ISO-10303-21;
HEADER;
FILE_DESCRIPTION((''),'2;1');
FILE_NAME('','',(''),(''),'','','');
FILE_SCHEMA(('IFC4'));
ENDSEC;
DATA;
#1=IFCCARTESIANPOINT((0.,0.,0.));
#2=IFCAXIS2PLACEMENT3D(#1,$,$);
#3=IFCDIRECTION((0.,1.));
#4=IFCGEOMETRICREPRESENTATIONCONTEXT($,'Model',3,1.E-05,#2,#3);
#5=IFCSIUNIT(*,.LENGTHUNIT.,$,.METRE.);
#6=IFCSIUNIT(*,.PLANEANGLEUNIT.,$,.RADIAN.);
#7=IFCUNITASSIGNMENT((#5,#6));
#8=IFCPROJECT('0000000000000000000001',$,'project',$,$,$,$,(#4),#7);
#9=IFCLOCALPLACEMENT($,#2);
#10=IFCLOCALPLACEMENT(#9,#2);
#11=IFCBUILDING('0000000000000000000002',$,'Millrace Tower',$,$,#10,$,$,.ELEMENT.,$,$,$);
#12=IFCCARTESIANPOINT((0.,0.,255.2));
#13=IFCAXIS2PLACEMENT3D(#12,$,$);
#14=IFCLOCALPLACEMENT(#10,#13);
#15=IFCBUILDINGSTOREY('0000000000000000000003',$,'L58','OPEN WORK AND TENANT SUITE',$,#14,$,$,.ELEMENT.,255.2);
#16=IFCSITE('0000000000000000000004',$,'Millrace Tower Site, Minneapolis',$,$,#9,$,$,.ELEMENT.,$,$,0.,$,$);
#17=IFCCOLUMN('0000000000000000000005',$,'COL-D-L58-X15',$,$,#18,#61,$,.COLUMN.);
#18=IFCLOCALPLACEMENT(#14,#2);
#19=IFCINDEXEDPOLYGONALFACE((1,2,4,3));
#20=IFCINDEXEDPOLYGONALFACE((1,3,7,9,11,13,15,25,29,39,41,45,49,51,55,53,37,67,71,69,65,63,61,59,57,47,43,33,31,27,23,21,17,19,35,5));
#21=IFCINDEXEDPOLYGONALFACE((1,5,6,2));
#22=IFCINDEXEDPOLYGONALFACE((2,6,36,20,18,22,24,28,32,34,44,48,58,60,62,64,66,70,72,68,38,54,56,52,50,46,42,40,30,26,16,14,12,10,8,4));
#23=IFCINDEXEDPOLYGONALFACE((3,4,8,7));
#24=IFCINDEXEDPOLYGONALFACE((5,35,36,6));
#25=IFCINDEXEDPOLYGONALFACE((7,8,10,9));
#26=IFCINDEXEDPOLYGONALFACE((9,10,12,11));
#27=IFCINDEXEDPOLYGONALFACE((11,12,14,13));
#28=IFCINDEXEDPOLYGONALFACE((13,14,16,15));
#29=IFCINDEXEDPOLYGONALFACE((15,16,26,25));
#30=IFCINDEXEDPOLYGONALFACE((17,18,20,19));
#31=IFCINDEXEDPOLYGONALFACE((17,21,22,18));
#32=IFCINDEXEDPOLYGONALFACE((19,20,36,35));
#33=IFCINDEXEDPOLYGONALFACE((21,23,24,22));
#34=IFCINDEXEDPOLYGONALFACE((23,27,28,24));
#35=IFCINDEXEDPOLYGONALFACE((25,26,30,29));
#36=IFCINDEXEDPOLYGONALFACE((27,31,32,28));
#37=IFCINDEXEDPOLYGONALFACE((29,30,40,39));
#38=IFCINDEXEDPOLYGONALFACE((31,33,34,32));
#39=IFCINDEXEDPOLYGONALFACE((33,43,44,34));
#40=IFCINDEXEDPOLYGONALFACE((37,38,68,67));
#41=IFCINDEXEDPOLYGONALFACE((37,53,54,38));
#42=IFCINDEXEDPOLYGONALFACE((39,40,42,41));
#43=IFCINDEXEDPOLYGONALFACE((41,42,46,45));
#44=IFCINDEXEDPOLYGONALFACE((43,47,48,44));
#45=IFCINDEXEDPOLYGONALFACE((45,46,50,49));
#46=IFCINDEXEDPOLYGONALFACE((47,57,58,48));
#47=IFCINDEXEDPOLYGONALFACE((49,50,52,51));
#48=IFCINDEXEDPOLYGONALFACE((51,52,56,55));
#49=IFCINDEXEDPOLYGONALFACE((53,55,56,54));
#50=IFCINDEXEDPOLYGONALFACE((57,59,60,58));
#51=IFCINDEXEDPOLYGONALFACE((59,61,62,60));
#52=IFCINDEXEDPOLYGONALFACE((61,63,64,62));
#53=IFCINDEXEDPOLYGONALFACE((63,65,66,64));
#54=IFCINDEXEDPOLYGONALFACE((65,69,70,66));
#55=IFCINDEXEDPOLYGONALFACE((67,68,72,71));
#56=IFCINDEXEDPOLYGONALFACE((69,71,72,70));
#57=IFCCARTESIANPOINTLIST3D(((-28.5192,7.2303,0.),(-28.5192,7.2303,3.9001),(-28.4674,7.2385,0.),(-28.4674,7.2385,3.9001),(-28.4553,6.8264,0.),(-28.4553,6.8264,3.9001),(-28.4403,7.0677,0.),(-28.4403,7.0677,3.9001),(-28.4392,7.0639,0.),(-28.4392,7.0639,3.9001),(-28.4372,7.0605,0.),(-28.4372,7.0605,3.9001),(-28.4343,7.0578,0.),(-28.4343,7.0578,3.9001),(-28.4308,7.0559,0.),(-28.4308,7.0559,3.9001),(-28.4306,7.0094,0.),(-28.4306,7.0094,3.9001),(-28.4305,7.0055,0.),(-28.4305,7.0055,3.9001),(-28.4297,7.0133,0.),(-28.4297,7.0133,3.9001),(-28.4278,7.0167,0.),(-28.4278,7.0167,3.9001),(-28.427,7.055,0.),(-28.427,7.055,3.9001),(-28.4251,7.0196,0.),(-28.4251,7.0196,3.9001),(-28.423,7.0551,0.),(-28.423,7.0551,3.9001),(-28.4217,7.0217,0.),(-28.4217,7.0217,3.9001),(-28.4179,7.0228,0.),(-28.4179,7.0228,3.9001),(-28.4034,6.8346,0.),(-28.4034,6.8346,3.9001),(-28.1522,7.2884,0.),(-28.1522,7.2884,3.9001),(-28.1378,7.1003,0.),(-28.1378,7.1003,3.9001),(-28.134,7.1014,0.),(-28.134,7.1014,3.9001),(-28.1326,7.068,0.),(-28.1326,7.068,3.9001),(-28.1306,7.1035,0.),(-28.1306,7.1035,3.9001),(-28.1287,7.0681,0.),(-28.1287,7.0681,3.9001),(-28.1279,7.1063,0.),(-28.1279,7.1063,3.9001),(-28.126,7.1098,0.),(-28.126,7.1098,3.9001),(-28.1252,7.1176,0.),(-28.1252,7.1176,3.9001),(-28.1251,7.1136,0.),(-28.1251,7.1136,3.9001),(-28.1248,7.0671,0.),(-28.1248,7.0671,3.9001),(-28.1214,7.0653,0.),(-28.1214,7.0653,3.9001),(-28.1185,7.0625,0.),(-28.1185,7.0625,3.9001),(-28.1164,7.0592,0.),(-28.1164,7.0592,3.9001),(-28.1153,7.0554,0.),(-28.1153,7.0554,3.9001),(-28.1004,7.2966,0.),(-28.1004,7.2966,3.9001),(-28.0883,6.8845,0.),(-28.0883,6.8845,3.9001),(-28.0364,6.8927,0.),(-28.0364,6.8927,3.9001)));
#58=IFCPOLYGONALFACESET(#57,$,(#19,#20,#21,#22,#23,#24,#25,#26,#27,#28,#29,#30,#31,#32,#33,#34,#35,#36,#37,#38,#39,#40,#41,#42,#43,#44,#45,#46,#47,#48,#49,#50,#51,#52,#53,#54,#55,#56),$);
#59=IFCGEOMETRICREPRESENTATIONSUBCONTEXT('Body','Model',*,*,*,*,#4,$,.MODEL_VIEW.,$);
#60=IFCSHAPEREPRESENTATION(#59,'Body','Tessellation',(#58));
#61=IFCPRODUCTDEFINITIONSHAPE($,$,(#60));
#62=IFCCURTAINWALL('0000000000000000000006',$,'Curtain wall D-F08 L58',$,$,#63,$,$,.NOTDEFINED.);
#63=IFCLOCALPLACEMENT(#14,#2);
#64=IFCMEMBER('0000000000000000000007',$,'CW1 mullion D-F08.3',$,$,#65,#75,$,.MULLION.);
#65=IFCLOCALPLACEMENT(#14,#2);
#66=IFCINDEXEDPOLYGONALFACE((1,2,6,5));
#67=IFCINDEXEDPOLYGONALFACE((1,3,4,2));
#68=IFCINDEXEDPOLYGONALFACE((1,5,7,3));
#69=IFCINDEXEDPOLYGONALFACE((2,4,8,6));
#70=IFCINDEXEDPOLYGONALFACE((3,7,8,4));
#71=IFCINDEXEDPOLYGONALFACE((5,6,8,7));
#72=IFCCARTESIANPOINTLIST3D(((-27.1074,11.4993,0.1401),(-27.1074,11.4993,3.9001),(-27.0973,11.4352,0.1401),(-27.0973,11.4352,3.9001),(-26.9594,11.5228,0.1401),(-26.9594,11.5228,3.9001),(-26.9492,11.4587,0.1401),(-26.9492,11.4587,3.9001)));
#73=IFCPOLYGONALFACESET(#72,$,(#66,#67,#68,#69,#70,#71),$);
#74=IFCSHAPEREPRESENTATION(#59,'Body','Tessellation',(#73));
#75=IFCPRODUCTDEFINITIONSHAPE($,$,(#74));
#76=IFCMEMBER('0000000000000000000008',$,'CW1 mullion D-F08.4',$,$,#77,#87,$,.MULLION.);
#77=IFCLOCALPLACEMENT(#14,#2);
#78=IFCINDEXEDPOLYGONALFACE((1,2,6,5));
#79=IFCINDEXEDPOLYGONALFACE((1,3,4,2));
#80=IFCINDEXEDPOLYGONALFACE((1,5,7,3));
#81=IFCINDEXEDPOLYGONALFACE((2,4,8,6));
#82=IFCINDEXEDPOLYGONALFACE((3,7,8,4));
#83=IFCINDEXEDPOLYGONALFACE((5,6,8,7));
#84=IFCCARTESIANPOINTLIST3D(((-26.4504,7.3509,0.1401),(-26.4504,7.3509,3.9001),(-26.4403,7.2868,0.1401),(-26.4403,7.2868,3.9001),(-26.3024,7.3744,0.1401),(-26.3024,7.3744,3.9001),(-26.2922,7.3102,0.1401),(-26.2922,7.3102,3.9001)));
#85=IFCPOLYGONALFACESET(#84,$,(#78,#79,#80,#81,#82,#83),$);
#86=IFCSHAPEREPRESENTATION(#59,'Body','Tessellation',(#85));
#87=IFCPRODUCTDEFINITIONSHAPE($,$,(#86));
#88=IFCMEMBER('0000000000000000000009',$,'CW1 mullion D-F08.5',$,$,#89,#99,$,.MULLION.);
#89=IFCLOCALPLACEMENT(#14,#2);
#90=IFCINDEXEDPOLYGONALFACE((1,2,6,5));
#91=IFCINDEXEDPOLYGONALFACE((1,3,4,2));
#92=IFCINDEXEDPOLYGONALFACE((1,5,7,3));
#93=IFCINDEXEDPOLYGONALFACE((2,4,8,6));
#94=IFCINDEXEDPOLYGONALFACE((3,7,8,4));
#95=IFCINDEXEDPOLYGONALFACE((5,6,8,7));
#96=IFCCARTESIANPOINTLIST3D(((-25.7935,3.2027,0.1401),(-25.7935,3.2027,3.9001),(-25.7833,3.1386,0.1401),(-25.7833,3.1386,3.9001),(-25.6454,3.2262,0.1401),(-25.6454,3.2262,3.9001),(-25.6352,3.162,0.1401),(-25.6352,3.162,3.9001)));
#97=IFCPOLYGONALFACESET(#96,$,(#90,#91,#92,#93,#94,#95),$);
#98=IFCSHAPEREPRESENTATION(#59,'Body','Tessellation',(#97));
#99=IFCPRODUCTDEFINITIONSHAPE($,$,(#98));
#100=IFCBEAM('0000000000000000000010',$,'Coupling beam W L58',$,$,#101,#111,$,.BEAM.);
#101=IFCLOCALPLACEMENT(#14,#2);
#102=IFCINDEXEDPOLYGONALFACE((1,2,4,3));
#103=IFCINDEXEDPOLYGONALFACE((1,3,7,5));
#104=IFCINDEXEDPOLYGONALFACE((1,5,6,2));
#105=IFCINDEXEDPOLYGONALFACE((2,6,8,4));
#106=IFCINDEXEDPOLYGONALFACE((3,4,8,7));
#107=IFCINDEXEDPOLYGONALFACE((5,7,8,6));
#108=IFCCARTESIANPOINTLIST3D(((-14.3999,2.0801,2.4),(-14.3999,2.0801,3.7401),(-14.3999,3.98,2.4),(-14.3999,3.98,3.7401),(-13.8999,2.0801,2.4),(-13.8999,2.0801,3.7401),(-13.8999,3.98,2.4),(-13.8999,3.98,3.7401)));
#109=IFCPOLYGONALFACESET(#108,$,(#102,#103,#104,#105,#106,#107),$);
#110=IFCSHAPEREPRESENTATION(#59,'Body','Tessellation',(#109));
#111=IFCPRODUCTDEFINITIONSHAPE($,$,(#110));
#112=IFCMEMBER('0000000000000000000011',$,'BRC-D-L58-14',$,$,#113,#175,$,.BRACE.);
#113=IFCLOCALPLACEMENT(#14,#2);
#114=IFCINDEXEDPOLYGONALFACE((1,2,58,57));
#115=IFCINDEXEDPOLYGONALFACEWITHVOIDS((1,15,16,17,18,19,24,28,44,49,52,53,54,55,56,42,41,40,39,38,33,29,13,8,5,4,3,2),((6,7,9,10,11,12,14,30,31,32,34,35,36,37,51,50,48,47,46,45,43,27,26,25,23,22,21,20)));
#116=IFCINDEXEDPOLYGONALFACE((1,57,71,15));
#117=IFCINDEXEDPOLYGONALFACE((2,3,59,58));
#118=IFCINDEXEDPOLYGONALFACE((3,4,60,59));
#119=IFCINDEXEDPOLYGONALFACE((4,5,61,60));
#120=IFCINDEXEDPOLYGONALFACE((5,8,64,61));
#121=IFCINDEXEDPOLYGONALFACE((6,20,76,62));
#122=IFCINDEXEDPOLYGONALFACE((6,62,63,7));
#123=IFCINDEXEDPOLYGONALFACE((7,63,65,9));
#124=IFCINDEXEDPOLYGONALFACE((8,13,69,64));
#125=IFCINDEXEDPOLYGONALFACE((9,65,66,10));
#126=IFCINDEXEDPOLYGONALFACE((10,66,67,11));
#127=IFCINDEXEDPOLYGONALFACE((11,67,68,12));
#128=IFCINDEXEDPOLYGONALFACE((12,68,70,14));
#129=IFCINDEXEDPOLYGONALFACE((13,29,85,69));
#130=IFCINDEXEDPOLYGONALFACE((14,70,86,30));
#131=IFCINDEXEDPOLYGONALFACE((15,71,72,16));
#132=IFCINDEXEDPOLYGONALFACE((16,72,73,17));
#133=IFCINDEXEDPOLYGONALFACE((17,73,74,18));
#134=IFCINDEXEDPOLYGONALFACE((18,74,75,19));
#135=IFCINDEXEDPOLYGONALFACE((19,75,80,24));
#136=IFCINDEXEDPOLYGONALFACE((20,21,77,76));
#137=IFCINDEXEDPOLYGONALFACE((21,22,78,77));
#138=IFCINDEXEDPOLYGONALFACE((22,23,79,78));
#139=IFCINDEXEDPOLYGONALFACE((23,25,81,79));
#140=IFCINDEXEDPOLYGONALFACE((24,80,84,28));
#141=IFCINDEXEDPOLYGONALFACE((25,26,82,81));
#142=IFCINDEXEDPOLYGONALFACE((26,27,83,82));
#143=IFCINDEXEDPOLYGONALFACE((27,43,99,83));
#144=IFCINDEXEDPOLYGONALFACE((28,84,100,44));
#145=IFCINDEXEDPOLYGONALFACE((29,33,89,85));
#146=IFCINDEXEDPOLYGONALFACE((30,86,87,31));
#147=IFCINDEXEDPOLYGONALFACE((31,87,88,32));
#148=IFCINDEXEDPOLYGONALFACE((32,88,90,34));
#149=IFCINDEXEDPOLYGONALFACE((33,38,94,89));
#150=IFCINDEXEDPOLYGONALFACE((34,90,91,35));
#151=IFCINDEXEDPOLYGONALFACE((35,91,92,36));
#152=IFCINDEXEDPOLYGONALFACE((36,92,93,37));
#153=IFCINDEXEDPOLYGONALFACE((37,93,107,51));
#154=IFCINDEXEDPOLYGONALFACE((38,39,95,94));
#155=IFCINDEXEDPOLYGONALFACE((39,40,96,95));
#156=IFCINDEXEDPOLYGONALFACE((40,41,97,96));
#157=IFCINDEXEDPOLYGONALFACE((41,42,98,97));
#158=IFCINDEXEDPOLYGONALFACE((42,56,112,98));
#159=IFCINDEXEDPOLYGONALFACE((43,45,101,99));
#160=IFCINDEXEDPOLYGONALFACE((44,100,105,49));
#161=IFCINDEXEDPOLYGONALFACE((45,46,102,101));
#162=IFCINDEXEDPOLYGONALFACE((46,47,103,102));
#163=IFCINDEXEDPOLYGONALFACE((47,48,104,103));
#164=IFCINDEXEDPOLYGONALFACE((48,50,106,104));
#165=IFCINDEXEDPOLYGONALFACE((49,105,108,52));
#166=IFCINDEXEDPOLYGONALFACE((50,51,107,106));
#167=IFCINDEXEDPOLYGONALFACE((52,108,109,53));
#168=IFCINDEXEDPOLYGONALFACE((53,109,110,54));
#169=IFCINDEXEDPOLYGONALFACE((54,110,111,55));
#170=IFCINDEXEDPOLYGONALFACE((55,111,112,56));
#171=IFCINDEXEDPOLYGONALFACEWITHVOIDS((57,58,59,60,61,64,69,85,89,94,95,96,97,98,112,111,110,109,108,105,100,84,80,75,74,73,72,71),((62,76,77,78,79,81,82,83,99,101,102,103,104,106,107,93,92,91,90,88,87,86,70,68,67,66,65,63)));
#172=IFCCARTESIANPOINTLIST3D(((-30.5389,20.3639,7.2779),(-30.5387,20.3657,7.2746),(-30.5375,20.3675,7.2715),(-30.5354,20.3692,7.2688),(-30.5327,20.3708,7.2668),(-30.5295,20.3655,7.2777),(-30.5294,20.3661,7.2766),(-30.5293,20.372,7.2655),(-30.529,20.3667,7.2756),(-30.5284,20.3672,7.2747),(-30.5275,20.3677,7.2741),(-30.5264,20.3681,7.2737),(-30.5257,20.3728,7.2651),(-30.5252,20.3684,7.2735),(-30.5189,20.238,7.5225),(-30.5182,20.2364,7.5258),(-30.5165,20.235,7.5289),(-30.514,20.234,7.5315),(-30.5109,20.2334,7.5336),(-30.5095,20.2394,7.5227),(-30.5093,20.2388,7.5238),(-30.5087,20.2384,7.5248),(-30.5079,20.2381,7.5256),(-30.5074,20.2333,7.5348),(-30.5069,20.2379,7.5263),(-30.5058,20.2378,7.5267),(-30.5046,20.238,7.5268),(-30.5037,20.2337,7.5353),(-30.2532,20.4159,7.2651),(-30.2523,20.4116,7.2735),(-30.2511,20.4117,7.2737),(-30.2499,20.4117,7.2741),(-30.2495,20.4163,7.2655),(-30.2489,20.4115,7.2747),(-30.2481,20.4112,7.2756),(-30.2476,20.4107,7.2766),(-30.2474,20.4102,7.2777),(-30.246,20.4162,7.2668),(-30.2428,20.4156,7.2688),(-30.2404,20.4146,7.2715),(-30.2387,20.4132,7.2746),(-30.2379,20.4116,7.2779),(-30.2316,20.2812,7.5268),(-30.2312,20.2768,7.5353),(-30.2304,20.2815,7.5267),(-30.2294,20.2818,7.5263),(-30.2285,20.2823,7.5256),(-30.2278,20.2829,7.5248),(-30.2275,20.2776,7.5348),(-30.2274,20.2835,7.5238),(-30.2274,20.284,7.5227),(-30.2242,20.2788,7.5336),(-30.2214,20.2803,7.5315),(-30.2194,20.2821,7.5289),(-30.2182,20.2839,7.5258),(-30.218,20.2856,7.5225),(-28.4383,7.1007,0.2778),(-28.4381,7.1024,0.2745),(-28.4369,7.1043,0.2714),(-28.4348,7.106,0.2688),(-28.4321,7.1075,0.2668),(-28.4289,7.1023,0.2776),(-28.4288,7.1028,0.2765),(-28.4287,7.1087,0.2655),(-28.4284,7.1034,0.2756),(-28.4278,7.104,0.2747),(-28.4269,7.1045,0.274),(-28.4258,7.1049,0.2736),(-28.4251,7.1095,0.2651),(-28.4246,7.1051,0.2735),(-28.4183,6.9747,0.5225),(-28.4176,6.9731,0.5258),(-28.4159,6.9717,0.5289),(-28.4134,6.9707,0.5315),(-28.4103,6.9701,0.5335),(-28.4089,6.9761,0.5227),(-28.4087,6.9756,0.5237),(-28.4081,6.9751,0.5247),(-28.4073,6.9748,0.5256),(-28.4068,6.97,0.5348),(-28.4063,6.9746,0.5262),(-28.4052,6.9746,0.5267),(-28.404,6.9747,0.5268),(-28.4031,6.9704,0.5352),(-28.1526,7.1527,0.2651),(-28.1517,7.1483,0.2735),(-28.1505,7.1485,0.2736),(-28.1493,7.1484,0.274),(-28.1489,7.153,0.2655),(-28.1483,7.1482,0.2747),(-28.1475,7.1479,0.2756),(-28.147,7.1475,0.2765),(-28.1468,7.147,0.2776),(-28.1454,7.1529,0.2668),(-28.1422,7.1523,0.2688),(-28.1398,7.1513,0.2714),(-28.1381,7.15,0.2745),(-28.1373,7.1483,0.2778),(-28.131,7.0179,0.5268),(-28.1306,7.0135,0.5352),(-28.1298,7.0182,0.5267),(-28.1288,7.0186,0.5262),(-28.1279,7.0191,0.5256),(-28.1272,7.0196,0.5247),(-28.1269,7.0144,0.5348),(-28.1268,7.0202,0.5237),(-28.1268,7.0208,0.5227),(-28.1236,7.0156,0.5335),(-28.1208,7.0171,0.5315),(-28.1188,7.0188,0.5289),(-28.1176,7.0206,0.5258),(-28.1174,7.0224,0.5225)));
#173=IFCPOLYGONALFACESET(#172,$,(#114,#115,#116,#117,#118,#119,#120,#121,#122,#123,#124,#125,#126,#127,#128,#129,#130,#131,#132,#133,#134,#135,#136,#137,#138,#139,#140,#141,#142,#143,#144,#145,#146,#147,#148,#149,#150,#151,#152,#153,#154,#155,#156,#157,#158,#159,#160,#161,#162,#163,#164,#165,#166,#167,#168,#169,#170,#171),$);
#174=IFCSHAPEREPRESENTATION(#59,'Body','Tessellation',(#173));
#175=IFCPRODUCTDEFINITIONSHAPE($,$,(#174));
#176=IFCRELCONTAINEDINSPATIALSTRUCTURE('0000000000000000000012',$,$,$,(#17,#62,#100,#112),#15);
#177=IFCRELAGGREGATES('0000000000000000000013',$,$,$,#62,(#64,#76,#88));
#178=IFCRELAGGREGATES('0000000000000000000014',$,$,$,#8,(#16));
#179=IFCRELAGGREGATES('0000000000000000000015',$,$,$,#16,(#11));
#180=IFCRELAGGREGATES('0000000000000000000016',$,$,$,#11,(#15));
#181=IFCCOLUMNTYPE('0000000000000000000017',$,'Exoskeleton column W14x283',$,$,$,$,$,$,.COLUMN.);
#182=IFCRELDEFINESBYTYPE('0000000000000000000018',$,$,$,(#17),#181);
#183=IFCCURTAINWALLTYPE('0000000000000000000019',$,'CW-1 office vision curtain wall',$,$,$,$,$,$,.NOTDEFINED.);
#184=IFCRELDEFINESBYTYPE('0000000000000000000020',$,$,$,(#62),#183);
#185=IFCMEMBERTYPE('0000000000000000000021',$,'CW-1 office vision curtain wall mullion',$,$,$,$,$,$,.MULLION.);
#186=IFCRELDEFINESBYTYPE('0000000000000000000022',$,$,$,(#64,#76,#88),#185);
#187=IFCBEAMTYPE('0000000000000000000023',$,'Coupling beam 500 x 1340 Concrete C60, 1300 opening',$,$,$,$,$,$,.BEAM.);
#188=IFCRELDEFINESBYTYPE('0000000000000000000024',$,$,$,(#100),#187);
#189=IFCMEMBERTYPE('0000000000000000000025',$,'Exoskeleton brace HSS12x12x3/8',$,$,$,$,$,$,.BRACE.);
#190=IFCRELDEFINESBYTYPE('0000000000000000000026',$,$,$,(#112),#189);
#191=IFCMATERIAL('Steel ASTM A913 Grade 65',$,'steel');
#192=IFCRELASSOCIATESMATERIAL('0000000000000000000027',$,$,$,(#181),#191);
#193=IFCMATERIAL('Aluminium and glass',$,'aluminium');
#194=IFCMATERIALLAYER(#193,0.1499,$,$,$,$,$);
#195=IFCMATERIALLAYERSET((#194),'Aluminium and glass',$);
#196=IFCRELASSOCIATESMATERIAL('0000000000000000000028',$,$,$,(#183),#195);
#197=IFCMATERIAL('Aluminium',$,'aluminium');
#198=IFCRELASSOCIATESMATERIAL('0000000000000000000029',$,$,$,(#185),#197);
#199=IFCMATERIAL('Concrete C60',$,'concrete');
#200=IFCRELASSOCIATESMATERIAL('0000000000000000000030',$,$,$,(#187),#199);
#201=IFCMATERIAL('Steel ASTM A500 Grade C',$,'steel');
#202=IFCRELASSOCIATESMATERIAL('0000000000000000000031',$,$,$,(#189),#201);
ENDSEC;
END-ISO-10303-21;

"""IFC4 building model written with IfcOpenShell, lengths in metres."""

from ifc_helpers import new_model, si_unit, direction, frame, origin, origin_2d, place, context, subcontext, project, spatial, rectangle, hollow_rectangle, i_section, extrude, material, layer, layer_set, material_profile, profile_set, type_object, element, aggregate, save


model = new_model("IFC4")

# Units and contexts
model_context = context("Model", 3, precision=1e-05, world=origin(), true_north=direction((0.0, 1.0)))
body_context = subcontext(model_context, "Body", "Model", "MODEL_VIEW")
ifc_project = project(units=[si_unit("LENGTHUNIT", "METRE"), si_unit("PLANEANGLEUNIT", "RADIAN")], contexts=[model_context])

# Site, building, storey
site_placement = place(None, origin())
site = spatial("IfcSite", under=ifc_project, at=site_placement, Name="Millrace Tower Site, Minneapolis", CompositionType="ELEMENT", RefElevation=0.0)
building_placement = place(site_placement, origin())
building = spatial("IfcBuilding", under=site, at=building_placement, Name="Millrace Tower", CompositionType="ELEMENT")
storey_placement = place(building_placement, frame((0.0, 0.0, 255.2)))
storey = spatial("IfcBuildingStorey", under=building, at=storey_placement, Name="L58", Description="OPEN WORK AND TENANT SUITE", CompositionType="ELEMENT", Elevation=255.2)

# Column
ifc_material_1 = material(Name="Steel ASTM A913 Grade 65", Category="steel")
ifc_material_profile_1 = material_profile(ifc_material_1, i_section(OverallWidth=0.4089, OverallDepth=0.4241, WebThickness=0.0327, FlangeThickness=0.0525, FilletRadius=0.0151, at=origin_2d()))
ifc_profile_set_1 = profile_set([ifc_material_profile_1], Name="Steel ASTM A913 Grade 65")
column_type = type_object("IfcColumnType", Name="Exoskeleton column W14x283", PredefinedType="COLUMN", material=ifc_profile_set_1)
column_placement = place(storey_placement, frame((-28.2778, 7.0615, 0.0), z_axis=(0.0, 0.0, 1.0), x_axis=(0.156434, -0.987688, 0.0)))
element("IfcColumn", 1, at=column_placement, inside=storey, type_object=column_type, Name="COL-D-L58-X15", PredefinedType="COLUMN", context=body_context, shape_type="SweptSolid", body=[
    extrude(i_section(OverallWidth=0.4089, OverallDepth=0.4241, WebThickness=0.0327, FlangeThickness=0.0525, FilletRadius=0.0151, at=origin_2d()), origin(), (0.0, 0.0, 1.0), 3.9001),
])

# Curtain wall, members
ifc_material_2 = material(Name="Aluminium and glass", Category="aluminium")
ifc_layer_1 = layer(ifc_material_2, 0.1499)
ifc_layer_set_1 = layer_set([ifc_layer_1], Name="Aluminium and glass")
curtain_wall_type = type_object("IfcCurtainWallType", Name="CW-1 office vision curtain wall", PredefinedType="NOTDEFINED", material=ifc_layer_set_1)
placement = place(storey_placement, origin())
curtain_wall = element("IfcCurtainWall", 2, at=placement, inside=storey, type_object=curtain_wall_type, Name="Curtain wall D-F08 L58", PredefinedType="NOTDEFINED")
ifc_material_3 = material(Name="Aluminium", Category="aluminium")
ifc_material_profile_2 = material_profile(ifc_material_3, rectangle(XDim=0.0649, YDim=0.1499, at=origin_2d()))
ifc_profile_set_2 = profile_set([ifc_material_profile_2], Name="Aluminium")
member_type_1 = type_object("IfcMemberType", Name="CW-1 office vision curtain wall mullion", PredefinedType="MULLION", material=ifc_profile_set_2)
member_1_placement = place(storey_placement, frame((-27.0283, 11.479, 0.1401), z_axis=(0.0, 0.0, 1.0), x_axis=(0.156434, -0.987688, 0.0)))
member_1 = element("IfcMember", 3, at=member_1_placement, type_object=member_type_1, Name="CW1 mullion D-F08.3", PredefinedType="MULLION", context=body_context, shape_type="SweptSolid", body=[
    extrude(rectangle(XDim=0.0649, YDim=0.1499, at=origin_2d()), origin(), (0.0, 0.0, 1.0), 3.76),
])
member_2_placement = place(storey_placement, frame((-26.3713, 7.3306, 0.1401), z_axis=(0.0, 0.0, 1.0), x_axis=(0.156434, -0.987688, 0.0)))
member_2 = element("IfcMember", 4, at=member_2_placement, type_object=member_type_1, Name="CW1 mullion D-F08.4", PredefinedType="MULLION", context=body_context, shape_type="SweptSolid", body=[
    extrude(rectangle(XDim=0.0649, YDim=0.1499, at=origin_2d()), origin(), (0.0, 0.0, 1.0), 3.76),
])
member_3_placement = place(storey_placement, frame((-25.7144, 3.1824, 0.1401), z_axis=(0.0, 0.0, 1.0), x_axis=(0.156434, -0.987688, 0.0)))
member_3 = element("IfcMember", 5, at=member_3_placement, type_object=member_type_1, Name="CW1 mullion D-F08.5", PredefinedType="MULLION", context=body_context, shape_type="SweptSolid", body=[
    extrude(rectangle(XDim=0.0649, YDim=0.1499, at=origin_2d()), origin(), (0.0, 0.0, 1.0), 3.76),
])
aggregate(curtain_wall, [member_1, member_2, member_3])

# Beam
ifc_material_4 = material(Name="Concrete C60", Category="concrete")
ifc_material_profile_3 = material_profile(ifc_material_4, rectangle(XDim=0.5, YDim=1.3401, at=origin_2d()))
ifc_profile_set_3 = profile_set([ifc_material_profile_3], Name="Concrete C60")
beam_type_1 = type_object("IfcBeamType", Name="Coupling beam 500 x 1340 Concrete C60, 1300 opening", PredefinedType="BEAM", material=ifc_profile_set_3)
beam_1_placement = place(storey_placement, frame((-14.1499, 2.0801, 3.0701), z_axis=(0.0, 1.0, 0.0), x_axis=(-1.0, 0.0, 0.0)))
element("IfcBeam", 6, at=beam_1_placement, inside=storey, type_object=beam_type_1, Name="Coupling beam W L58", PredefinedType="BEAM", context=body_context, shape_type="SweptSolid", body=[
    extrude(rectangle(XDim=0.5, YDim=1.3401, at=origin_2d()), origin(), (0.0, 0.0, 1.0), 1.8999),
])

# Member
ifc_material_5 = material(Name="Steel ASTM A500 Grade C", Category="steel")
ifc_material_profile_4 = material_profile(ifc_material_5, hollow_rectangle(XDim=0.3047, YDim=0.3047, WallThickness=0.0095, InnerFilletRadius=0.0046, OuterFilletRadius=0.0144, at=origin_2d()))
ifc_profile_set_4 = profile_set([ifc_material_profile_4], Name="Steel ASTM A500 Grade C")
member_type_2 = type_object("IfcMemberType", Name="Exoskeleton brace HSS12x12x3/8", PredefinedType="BRACE", material=ifc_profile_set_4)
member_4_placement = place(storey_placement, frame((-28.2778, 7.0615, 0.4001), z_axis=(-0.138712, 0.875836, 0.462246), x_axis=(-0.987689, -0.156427, 0.0)))
element("IfcMember", 7, at=member_4_placement, inside=storey, type_object=member_type_2, Name="BRC-D-L58-14", PredefinedType="BRACE", context=body_context, shape_type="SweptSolid", body=[
    extrude(hollow_rectangle(XDim=0.3047, YDim=0.3047, WallThickness=0.0095, InnerFilletRadius=0.0046, OuterFilletRadius=0.0144, at=origin_2d()), origin(), (0.0, 0.0, 1.0), 15.1436),
])

save(model, "model.ifc")
